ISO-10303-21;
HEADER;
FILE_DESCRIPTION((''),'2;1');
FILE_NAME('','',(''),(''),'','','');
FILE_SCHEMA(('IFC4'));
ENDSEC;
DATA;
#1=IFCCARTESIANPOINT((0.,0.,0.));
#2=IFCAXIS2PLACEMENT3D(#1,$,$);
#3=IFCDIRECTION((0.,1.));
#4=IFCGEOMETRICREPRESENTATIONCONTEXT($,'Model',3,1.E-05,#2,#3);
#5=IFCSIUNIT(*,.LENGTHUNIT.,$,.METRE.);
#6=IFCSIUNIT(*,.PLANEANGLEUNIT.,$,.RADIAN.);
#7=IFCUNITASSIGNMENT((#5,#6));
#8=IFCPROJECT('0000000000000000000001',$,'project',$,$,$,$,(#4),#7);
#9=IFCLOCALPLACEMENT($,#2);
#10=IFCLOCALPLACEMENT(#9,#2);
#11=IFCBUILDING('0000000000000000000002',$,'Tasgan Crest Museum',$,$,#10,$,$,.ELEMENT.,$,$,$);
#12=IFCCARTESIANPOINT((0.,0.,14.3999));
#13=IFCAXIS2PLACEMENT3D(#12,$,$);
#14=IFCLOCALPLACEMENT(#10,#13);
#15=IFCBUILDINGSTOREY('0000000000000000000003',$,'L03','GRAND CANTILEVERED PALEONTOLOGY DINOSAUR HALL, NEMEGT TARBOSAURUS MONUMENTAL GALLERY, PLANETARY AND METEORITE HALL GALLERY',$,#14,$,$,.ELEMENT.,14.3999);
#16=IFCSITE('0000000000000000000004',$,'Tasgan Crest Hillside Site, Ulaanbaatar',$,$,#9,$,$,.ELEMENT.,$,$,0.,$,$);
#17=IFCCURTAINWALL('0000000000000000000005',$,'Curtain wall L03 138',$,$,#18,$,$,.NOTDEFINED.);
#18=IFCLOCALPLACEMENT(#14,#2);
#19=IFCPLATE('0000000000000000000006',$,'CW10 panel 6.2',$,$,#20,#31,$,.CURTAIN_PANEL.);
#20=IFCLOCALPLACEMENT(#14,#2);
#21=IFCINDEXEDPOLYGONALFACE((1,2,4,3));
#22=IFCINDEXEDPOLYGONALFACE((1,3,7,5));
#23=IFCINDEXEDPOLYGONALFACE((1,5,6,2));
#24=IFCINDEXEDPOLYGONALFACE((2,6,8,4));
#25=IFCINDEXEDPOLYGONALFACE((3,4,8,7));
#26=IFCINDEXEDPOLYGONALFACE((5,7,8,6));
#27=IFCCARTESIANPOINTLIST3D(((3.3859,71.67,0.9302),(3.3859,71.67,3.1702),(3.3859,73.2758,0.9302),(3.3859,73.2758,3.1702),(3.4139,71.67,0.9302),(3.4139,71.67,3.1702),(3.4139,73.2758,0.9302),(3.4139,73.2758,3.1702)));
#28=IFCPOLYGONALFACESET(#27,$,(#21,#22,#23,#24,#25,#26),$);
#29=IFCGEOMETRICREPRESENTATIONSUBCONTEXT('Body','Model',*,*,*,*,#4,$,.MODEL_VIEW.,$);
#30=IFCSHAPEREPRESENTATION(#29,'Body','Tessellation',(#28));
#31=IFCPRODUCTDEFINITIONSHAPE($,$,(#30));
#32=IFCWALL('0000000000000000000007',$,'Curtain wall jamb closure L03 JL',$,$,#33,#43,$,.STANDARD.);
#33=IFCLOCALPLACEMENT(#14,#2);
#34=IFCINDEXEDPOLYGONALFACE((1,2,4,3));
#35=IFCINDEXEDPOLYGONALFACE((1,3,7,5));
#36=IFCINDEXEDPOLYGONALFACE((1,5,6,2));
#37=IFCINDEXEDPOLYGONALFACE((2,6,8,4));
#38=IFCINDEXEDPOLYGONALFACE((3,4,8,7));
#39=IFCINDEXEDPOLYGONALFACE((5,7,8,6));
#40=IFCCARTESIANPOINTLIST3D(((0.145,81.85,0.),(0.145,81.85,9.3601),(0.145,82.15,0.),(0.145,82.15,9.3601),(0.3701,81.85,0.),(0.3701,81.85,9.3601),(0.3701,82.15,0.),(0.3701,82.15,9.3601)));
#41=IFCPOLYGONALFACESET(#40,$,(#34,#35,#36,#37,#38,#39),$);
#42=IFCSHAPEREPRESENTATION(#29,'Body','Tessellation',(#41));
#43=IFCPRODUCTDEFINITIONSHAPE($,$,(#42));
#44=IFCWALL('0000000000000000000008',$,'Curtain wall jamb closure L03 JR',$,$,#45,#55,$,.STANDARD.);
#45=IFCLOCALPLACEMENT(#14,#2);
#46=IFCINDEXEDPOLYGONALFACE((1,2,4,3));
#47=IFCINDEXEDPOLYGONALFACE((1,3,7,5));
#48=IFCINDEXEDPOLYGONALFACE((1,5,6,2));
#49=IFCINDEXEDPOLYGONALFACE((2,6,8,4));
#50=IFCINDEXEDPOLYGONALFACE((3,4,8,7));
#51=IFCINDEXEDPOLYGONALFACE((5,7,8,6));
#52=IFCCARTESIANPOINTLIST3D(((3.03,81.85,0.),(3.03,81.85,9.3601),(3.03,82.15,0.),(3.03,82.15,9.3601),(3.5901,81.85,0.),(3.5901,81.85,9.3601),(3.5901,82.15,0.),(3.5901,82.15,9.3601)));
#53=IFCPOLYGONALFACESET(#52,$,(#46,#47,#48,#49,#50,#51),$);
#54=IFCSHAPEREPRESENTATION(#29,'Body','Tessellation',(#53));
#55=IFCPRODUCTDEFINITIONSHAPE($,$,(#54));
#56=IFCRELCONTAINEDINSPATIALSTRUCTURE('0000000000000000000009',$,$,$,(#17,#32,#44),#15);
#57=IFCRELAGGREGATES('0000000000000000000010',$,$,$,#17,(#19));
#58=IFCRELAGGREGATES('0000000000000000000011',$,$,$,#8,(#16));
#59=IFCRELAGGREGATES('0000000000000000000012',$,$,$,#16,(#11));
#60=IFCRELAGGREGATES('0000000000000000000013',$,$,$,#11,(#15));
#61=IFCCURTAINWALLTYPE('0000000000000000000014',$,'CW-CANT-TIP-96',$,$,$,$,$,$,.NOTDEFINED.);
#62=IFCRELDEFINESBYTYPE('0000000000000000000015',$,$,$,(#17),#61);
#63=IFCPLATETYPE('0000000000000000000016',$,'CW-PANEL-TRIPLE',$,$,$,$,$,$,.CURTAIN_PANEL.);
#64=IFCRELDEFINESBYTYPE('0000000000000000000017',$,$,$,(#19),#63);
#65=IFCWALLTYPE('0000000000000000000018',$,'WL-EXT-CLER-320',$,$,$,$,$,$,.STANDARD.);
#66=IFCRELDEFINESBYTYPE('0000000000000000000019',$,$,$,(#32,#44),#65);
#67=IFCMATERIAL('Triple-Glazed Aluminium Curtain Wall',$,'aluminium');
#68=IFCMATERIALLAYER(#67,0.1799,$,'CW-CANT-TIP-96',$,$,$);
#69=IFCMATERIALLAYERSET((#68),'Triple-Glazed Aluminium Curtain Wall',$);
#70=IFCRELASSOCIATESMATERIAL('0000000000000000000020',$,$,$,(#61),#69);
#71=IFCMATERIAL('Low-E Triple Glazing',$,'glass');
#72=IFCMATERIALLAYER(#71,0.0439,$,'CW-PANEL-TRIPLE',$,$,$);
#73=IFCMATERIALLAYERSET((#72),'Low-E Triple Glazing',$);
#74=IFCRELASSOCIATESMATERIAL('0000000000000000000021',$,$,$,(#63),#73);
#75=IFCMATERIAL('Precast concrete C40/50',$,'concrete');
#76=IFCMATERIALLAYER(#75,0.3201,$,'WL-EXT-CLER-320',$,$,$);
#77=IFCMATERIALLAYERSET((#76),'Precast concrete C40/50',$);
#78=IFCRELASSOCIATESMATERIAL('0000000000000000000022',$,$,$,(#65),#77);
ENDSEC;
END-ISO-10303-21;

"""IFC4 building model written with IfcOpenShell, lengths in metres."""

from ifc_helpers import new_model, si_unit, direction, frame, frame_2d, origin, origin_2d, place, context, subcontext, project, spatial, rectangle, extrude, material, layer, layer_set, type_object, element, aggregate, save


model = new_model("IFC4")

# Units and contexts
model_context = context("Model", 3, precision=1e-05, world=origin(), true_north=direction((0.0, 1.0)))
body_context = subcontext(model_context, "Body", "Model", "MODEL_VIEW")
ifc_project = project(units=[si_unit("LENGTHUNIT", "METRE"), si_unit("PLANEANGLEUNIT", "RADIAN")], contexts=[model_context])

# Site, building, storey
site_placement = place(None, origin())
site = spatial("IfcSite", under=ifc_project, at=site_placement, Name="Tasgan Crest Hillside Site, Ulaanbaatar", CompositionType="ELEMENT", RefElevation=0.0)
building_placement = place(site_placement, origin())
building = spatial("IfcBuilding", under=site, at=building_placement, Name="Tasgan Crest Museum", CompositionType="ELEMENT")
storey_placement = place(building_placement, frame((0.0, 0.0, 14.3999)))
storey = spatial("IfcBuildingStorey", under=building, at=storey_placement, Name="L03", Description="GRAND CANTILEVERED PALEONTOLOGY DINOSAUR HALL, NEMEGT TARBOSAURUS MONUMENTAL GALLERY, PLANETARY AND METEORITE HALL GALLERY", CompositionType="ELEMENT", Elevation=14.3999)

# Curtain wall
ifc_material_1 = material(Name="Triple-Glazed Aluminium Curtain Wall", Category="aluminium")
ifc_layer_1 = layer(ifc_material_1, 0.1799, Name="CW-CANT-TIP-96")
ifc_layer_set_1 = layer_set([ifc_layer_1], Name="Triple-Glazed Aluminium Curtain Wall")
curtain_wall_type_1 = type_object("IfcCurtainWallType", Name="CW-CANT-TIP-96", PredefinedType="NOTDEFINED", material=ifc_layer_set_1)
curtain_wall_1_placement = place(storey_placement, origin())
curtain_wall_1 = element("IfcCurtainWall", 1, at=curtain_wall_1_placement, inside=storey, type_object=curtain_wall_type_1, Name="Curtain wall L03 138", PredefinedType="NOTDEFINED")

# Plate
ifc_material_2 = material(Name="Low-E Triple Glazing", Category="glass")
ifc_layer_2 = layer(ifc_material_2, 0.0439, Name="CW-PANEL-TRIPLE")
ifc_layer_set_2 = layer_set([ifc_layer_2], Name="Low-E Triple Glazing")
plate_type_1 = type_object("IfcPlateType", Name="CW-PANEL-TRIPLE", PredefinedType="CURTAIN_PANEL", material=ifc_layer_set_2)
plate_1_placement = place(storey_placement, frame((3.3999, 72.4729, 0.9302), z_axis=(0.0, 0.0, 1.0), x_axis=(0.0, -1.0, 0.0)))
plate_1 = element("IfcPlate", 2, at=plate_1_placement, type_object=plate_type_1, Name="CW10 panel 6.2", PredefinedType="CURTAIN_PANEL", context=body_context, shape_type="SweptSolid", body=[
    extrude(rectangle(XDim=1.6057, YDim=0.0281, at=origin_2d()), origin(), (0.0, 0.0, 1.0), 2.24),
])
aggregate(curtain_wall_1, [plate_1])

# Walls
ifc_material_3 = material(Name="Precast concrete C40/50", Category="concrete")
ifc_layer_3 = layer(ifc_material_3, 0.3201, Name="WL-EXT-CLER-320")
ifc_layer_set_3 = layer_set([ifc_layer_3], Name="Precast concrete C40/50")
wall_type = type_object("IfcWallType", Name="WL-EXT-CLER-320", PredefinedType="STANDARD", material=ifc_layer_set_3)
wall_1_placement = place(storey_placement, frame((0.145, 82.0, 0.0), z_axis=(0.0, 0.0, 1.0), x_axis=(1.0, 0.0, 0.0)))
element("IfcWall", 3, at=wall_1_placement, inside=storey, type_object=wall_type, Name="Curtain wall jamb closure L03 JL", PredefinedType="STANDARD", context=body_context, shape_type="SweptSolid", body=[
    extrude(rectangle(XDim=0.2251, YDim=0.3, at=frame_2d((0.1125, 0.0))), origin(), (0.0, 0.0, 1.0), 9.3601),
])
wall_2_placement = place(storey_placement, frame((3.03, 82.0, 0.0), z_axis=(0.0, 0.0, 1.0), x_axis=(1.0, 0.0, 0.0)))
element("IfcWall", 4, at=wall_2_placement, inside=storey, type_object=wall_type, Name="Curtain wall jamb closure L03 JR", PredefinedType="STANDARD", context=body_context, shape_type="SweptSolid", body=[
    extrude(rectangle(XDim=0.5601, YDim=0.3, at=frame_2d((0.28, 0.0))), origin(), (0.0, 0.0, 1.0), 9.3601),
])

save(model, "model.ifc")
